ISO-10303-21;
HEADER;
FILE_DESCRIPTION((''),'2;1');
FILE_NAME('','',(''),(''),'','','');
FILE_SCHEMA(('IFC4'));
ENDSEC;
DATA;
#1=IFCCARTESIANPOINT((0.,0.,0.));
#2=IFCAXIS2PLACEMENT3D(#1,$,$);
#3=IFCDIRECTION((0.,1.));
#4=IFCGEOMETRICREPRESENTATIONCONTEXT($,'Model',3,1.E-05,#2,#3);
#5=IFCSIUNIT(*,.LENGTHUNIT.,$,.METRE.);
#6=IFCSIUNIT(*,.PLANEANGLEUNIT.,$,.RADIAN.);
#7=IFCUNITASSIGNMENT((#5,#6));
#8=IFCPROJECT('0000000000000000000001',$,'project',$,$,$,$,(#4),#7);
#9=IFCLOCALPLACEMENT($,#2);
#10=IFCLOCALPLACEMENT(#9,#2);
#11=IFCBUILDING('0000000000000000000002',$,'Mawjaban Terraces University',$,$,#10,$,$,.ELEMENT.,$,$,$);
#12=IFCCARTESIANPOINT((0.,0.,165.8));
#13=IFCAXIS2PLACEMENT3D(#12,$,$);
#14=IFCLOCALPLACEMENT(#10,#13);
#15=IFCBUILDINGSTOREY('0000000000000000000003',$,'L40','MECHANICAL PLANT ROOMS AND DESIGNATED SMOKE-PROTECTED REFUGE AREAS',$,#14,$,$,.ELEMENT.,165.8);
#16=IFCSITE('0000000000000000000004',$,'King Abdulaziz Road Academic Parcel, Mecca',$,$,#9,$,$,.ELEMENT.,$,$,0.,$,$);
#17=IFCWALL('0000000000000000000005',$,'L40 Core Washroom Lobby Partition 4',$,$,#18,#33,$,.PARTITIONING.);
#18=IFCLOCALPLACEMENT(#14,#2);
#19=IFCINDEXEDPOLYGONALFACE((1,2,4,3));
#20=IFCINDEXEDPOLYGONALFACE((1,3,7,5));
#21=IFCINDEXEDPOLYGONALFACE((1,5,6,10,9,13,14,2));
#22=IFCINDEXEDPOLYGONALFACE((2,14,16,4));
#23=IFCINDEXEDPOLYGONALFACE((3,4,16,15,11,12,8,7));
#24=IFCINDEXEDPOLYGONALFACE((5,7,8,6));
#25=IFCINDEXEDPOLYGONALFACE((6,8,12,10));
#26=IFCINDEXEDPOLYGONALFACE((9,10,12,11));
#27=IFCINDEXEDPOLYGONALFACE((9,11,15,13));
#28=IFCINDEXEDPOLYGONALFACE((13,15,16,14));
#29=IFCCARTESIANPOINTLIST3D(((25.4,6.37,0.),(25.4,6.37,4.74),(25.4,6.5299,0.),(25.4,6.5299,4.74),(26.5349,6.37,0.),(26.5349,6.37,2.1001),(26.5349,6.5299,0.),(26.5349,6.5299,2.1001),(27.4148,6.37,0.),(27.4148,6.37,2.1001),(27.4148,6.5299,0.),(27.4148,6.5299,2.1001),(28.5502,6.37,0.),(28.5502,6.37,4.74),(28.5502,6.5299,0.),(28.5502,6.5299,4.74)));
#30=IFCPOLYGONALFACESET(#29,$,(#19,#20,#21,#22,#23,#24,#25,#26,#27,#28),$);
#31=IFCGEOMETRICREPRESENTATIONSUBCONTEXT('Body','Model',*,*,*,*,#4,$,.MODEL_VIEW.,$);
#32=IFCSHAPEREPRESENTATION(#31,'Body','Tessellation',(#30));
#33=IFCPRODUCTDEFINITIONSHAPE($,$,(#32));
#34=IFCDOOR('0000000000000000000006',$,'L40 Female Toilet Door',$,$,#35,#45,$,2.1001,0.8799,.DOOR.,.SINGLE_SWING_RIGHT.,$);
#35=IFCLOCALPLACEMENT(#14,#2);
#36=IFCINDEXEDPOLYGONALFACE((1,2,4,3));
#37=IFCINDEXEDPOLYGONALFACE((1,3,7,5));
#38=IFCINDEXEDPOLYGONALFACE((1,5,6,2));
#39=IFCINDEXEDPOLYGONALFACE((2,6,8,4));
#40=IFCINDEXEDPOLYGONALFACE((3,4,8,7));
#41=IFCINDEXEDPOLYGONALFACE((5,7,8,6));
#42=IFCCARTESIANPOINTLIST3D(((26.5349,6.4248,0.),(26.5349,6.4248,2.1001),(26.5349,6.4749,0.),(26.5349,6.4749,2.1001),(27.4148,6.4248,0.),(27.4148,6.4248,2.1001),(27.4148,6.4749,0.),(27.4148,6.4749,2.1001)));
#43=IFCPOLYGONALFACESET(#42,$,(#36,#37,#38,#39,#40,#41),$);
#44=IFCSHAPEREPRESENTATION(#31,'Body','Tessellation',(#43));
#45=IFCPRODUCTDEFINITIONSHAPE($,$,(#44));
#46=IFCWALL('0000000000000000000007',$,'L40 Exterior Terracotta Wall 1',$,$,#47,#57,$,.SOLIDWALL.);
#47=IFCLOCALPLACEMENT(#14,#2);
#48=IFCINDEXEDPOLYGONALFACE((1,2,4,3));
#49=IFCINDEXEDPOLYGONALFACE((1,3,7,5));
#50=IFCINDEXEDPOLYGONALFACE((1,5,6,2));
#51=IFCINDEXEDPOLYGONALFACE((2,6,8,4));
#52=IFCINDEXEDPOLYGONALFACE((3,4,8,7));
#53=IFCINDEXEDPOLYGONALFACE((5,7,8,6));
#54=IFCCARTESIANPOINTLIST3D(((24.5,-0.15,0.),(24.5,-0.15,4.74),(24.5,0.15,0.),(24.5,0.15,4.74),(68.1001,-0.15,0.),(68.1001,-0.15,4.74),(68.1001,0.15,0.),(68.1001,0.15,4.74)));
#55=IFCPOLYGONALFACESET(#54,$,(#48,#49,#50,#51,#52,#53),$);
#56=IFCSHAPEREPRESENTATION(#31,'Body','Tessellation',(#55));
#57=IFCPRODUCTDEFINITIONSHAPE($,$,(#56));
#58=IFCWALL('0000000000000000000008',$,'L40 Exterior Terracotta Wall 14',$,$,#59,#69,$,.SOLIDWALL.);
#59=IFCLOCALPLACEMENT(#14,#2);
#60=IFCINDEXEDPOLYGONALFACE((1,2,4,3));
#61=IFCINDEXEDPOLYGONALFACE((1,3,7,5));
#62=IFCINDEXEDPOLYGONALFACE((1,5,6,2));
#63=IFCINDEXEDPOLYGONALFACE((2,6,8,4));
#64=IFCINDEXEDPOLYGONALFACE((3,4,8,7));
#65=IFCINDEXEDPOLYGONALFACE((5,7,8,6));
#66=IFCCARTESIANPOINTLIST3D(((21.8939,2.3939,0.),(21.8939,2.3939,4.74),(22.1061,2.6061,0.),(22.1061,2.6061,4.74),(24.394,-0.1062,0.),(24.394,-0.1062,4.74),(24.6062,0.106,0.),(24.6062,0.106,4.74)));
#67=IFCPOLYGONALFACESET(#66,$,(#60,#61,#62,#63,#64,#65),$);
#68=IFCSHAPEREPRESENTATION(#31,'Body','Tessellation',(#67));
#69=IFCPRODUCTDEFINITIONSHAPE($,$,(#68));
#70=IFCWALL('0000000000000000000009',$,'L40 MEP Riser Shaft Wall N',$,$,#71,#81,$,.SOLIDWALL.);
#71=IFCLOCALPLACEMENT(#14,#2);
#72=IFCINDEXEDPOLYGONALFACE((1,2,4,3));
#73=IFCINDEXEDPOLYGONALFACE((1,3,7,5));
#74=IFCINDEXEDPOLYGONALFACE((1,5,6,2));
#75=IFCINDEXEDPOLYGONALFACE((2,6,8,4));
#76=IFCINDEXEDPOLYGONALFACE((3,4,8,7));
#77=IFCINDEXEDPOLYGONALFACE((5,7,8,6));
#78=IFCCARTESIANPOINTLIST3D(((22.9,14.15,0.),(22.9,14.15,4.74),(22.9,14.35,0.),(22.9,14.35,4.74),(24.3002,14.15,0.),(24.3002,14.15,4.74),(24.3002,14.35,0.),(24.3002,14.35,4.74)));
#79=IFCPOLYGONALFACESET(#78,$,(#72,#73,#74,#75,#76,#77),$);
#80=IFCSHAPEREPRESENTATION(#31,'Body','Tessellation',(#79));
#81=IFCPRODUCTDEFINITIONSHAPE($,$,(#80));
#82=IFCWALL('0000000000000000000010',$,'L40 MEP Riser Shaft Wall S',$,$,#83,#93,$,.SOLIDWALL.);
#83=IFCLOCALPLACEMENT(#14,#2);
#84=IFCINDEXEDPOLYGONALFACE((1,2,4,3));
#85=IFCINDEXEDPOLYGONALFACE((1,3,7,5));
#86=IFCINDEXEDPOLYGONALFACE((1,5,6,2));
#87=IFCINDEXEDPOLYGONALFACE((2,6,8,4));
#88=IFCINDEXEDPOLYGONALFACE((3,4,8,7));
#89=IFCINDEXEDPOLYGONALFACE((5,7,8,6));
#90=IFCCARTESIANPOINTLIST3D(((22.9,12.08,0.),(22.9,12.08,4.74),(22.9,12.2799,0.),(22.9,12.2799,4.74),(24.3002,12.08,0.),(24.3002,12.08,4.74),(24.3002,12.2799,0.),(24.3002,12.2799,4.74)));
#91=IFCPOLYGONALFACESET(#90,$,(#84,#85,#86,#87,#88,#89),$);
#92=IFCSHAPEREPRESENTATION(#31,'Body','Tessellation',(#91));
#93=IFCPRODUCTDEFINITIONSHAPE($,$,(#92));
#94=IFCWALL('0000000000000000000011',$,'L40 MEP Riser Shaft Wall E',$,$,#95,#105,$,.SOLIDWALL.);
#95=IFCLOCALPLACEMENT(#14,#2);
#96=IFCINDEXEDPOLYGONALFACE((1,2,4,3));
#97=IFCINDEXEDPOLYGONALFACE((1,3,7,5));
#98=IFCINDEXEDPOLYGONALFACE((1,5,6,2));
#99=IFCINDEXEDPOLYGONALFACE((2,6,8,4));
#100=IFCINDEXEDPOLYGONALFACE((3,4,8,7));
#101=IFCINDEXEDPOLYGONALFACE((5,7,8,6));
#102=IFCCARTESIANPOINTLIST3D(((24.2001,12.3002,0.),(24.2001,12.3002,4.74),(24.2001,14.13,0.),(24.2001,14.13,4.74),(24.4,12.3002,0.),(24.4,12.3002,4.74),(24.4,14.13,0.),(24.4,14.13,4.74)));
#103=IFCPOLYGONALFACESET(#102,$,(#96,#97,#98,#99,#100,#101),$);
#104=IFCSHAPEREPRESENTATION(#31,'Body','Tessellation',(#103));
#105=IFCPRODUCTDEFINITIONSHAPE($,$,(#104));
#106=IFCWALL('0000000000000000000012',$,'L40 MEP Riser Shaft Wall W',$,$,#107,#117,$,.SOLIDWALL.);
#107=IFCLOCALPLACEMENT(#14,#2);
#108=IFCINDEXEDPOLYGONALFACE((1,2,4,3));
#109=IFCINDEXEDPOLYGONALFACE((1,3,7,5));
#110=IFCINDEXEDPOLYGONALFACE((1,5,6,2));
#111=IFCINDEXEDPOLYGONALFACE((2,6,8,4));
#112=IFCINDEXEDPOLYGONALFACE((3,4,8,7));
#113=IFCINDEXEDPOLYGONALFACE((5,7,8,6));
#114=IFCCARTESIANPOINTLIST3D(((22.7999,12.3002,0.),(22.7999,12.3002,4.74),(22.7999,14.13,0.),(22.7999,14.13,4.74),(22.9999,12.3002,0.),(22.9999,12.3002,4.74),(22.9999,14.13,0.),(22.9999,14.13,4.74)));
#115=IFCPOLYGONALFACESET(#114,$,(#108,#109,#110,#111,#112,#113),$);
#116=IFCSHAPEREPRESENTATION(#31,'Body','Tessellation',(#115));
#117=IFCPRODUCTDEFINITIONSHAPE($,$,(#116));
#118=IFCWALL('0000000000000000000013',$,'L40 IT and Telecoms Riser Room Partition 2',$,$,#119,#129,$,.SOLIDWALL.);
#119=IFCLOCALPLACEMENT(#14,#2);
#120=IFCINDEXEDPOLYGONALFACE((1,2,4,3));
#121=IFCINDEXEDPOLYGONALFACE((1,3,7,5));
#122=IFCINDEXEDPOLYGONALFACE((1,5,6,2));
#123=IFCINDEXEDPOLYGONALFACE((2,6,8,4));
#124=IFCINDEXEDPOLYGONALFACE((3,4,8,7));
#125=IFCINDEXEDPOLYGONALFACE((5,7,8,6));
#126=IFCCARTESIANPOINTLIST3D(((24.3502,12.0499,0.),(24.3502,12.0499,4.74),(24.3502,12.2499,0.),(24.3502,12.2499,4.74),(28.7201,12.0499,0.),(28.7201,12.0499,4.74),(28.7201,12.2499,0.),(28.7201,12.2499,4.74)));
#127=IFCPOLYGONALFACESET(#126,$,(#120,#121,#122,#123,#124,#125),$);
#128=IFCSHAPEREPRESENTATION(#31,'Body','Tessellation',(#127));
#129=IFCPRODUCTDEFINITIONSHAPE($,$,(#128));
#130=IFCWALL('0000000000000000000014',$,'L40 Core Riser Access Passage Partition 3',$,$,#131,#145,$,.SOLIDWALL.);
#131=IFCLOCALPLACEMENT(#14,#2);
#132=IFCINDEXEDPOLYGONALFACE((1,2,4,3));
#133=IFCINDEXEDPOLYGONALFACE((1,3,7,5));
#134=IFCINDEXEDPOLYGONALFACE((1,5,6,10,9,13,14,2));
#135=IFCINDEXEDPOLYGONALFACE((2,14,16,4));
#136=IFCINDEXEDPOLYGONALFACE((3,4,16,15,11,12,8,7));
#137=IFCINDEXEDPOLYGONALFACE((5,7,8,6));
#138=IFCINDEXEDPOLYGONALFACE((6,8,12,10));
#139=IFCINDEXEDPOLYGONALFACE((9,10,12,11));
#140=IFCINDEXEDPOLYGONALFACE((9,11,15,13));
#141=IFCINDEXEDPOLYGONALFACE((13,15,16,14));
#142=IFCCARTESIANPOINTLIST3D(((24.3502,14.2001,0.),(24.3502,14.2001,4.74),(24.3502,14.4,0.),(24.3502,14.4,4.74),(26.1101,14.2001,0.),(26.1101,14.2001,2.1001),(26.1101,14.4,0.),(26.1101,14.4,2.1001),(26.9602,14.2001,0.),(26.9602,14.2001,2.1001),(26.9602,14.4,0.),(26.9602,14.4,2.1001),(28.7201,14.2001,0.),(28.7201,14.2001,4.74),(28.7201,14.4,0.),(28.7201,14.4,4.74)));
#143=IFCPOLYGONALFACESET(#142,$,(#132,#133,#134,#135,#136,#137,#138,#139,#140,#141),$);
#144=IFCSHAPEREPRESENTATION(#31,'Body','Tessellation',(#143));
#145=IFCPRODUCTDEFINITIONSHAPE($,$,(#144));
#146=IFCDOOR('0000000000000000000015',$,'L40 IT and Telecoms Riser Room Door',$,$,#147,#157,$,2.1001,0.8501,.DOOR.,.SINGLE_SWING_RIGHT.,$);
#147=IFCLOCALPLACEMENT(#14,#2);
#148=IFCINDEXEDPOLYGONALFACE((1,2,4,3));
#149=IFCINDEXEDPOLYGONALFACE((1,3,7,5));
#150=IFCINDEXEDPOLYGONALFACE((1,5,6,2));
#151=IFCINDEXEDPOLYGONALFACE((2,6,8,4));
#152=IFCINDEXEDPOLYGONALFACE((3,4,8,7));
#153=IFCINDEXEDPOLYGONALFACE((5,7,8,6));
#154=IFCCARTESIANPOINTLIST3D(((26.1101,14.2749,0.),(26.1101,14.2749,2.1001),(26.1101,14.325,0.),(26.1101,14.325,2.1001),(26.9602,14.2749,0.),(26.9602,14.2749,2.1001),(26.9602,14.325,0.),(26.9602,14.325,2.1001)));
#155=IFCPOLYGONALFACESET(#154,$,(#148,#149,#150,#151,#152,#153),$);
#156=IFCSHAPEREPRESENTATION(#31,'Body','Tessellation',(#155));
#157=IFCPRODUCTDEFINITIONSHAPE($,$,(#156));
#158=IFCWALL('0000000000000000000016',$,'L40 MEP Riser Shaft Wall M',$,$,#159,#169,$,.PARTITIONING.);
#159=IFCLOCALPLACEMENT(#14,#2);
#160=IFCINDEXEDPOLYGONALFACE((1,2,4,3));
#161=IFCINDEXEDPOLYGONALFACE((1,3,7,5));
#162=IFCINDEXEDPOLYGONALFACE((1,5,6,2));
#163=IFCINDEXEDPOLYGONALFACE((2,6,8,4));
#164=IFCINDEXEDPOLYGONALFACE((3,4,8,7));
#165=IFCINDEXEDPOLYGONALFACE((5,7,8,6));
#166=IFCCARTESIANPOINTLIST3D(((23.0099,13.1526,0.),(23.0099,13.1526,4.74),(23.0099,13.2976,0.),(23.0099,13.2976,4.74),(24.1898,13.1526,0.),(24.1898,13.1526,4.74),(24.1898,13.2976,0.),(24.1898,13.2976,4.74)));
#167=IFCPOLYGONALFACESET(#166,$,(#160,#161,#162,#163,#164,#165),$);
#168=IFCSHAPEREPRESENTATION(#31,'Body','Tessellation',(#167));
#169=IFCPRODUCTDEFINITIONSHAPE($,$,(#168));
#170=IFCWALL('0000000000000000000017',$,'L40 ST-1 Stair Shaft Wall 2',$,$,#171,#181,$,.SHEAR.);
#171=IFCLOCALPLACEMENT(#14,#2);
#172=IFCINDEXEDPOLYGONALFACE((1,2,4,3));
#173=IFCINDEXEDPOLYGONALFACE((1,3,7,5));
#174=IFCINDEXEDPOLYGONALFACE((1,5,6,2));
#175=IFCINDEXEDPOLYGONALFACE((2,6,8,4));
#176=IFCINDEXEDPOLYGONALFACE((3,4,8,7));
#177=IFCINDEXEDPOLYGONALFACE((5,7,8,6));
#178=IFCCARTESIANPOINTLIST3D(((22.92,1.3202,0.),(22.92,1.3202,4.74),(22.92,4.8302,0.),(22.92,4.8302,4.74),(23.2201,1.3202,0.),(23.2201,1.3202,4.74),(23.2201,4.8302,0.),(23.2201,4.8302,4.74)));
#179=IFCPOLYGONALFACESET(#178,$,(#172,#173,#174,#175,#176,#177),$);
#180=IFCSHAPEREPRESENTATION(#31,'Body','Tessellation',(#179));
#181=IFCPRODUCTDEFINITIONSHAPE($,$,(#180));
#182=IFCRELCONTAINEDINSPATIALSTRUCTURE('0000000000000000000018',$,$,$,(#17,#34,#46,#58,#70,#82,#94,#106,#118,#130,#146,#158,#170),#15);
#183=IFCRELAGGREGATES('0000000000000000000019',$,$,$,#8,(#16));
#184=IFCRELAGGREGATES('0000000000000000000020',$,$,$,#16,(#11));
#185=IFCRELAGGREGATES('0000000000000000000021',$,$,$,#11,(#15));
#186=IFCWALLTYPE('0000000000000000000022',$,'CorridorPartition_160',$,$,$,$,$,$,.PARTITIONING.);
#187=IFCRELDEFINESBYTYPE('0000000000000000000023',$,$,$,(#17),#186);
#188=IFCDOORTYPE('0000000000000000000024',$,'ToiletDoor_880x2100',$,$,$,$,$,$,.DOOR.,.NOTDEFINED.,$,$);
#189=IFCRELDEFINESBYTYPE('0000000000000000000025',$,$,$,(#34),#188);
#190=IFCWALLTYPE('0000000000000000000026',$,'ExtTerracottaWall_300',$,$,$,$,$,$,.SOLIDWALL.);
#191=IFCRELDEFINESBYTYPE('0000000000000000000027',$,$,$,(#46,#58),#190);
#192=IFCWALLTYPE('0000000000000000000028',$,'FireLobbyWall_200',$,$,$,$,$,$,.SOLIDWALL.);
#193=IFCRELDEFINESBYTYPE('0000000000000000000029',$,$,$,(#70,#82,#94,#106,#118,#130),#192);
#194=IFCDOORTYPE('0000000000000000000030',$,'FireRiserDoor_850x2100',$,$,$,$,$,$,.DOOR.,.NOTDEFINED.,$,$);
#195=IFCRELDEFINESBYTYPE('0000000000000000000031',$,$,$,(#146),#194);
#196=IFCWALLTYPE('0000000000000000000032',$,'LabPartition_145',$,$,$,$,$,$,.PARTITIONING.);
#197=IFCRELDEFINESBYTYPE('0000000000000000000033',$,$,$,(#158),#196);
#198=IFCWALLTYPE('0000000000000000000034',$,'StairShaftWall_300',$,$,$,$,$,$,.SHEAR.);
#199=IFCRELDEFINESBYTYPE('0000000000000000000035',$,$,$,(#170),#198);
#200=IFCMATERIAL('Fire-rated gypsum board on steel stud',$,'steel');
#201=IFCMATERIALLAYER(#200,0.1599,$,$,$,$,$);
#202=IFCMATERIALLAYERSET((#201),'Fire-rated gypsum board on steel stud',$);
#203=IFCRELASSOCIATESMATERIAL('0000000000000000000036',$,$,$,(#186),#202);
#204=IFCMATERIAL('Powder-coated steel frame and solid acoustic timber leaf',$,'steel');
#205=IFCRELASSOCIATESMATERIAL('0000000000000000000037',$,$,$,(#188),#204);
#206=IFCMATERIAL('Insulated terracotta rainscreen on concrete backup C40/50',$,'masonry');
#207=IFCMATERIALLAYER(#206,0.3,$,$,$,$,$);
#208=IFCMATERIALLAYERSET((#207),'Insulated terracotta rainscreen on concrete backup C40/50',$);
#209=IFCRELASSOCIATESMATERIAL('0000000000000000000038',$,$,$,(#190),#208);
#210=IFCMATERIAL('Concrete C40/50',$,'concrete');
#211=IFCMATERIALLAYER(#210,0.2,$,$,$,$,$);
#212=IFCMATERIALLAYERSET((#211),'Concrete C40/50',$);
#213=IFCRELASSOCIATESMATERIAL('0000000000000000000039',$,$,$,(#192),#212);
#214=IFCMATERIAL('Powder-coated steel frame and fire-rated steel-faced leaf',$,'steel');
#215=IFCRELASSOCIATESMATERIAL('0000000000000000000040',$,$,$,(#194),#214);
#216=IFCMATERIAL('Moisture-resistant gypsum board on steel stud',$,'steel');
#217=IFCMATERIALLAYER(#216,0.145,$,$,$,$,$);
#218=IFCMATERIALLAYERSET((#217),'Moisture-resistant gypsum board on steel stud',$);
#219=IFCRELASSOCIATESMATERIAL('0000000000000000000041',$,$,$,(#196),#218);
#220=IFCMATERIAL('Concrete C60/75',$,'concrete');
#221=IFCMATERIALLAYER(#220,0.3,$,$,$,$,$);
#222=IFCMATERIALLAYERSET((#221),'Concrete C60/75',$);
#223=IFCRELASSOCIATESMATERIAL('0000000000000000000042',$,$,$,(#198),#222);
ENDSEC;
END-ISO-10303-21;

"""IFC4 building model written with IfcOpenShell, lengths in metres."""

from ifc_helpers import new_model, si_unit, direction, frame, frame_2d, origin, place, context, subcontext, project, spatial, rectangle, extrude, material, layer, layer_set, type_object, element, fill, save


model = new_model("IFC4")

# Units and contexts
model_context = context("Model", 3, precision=1e-05, world=origin(), true_north=direction((0.0, 1.0)))
body_context = subcontext(model_context, "Body", "Model", "MODEL_VIEW")
ifc_project = project(units=[si_unit("LENGTHUNIT", "METRE"), si_unit("PLANEANGLEUNIT", "RADIAN")], contexts=[model_context])

# Site, building, storey
site_placement = place(None, origin())
site = spatial("IfcSite", under=ifc_project, at=site_placement, Name="King Abdulaziz Road Academic Parcel, Mecca", CompositionType="ELEMENT", RefElevation=0.0)
building_placement = place(site_placement, origin())
building = spatial("IfcBuilding", under=site, at=building_placement, Name="Mawjaban Terraces University", CompositionType="ELEMENT")
storey_placement = place(building_placement, frame((0.0, 0.0, 165.8)))
storey = spatial("IfcBuildingStorey", under=building, at=storey_placement, Name="L40", Description="MECHANICAL PLANT ROOMS AND DESIGNATED SMOKE-PROTECTED REFUGE AREAS", CompositionType="ELEMENT", Elevation=165.8)

# Shared definitions
ifc_material_1 = material(Name="Concrete C60/75", Category="concrete")

# Shared definitions
ifc_material_2 = material(Name="Concrete C40/50", Category="concrete")

# Wall, opening, door
ifc_material_3 = material(Name="Fire-rated gypsum board on steel stud", Category="steel")
ifc_layer_1 = layer(ifc_material_3, 0.1599)
ifc_layer_set_1 = layer_set([ifc_layer_1], Name="Fire-rated gypsum board on steel stud")
wall_type_1 = type_object("IfcWallType", Name="CorridorPartition_160", PredefinedType="PARTITIONING", material=ifc_layer_set_1)
ifc_material_4 = material(Name="Powder-coated steel frame and solid acoustic timber leaf", Category="steel")
door_type_1 = type_object("IfcDoorType", Name="ToiletDoor_880x2100", OperationType="NOTDEFINED", PredefinedType="DOOR", material=ifc_material_4)
wall_1_placement = place(storey_placement, frame((25.3999, 6.45, 0.0), z_axis=(0.0, 0.0, 1.0), x_axis=(1.0, 0.0, 0.0)))
wall_1 = element("IfcWall", 1, at=wall_1_placement, inside=storey, type_object=wall_type_1, Name="L40 Core Washroom Lobby Partition 4", PredefinedType="PARTITIONING", context=body_context, shape_type="SweptSolid", body=[
    extrude(rectangle(XDim=3.1501, YDim=0.1599, at=frame_2d((1.5752, 0.0))), origin(), (0.0, 0.0, 1.0), 4.74),
])
opening_1_placement = place(wall_1_placement, frame((1.135, 0.0, 0.0)))
opening_1 = element("IfcOpeningElement", 2, at=opening_1_placement, cuts=wall_1, PredefinedType="OPENING", context=body_context, shape_type="SweptSolid", body=[
    extrude(rectangle(XDim=0.8799, YDim=2.1001, at=frame_2d((0.4399, 1.05))), frame((0.0, 0.0898, 0.0), z_axis=(0.0, -1.0, 0.0), x_axis=(1.0, 0.0, 0.0)), (0.0, 0.0, 1.0), 0.1799),
])
door_1_placement = place(opening_1_placement, origin())
door_1 = element("IfcDoor", 3, at=door_1_placement, inside=storey, type_object=door_type_1, Name="L40 Female Toilet Door", OperationType="SINGLE_SWING_RIGHT", OverallHeight=2.1001, OverallWidth=0.8799, PredefinedType="DOOR", context=body_context, shape_type="SweptSolid", body=[
    extrude(rectangle(XDim=0.8799, YDim=2.1001, at=frame_2d((0.4399, 1.05))), frame((0.0, 0.0249, 0.0), z_axis=(0.0, -1.0, 0.0), x_axis=(1.0, 0.0, 0.0)), (0.0, 0.0, 1.0), 0.05),
])
fill(opening_1, door_1)

# Walls
ifc_material_5 = material(Name="Insulated terracotta rainscreen on concrete backup C40/50", Category="masonry")
ifc_layer_2 = layer(ifc_material_5, 0.3)
ifc_layer_set_2 = layer_set([ifc_layer_2], Name="Insulated terracotta rainscreen on concrete backup C40/50")
wall_type_2 = type_object("IfcWallType", Name="ExtTerracottaWall_300", PredefinedType="SOLIDWALL", material=ifc_layer_set_2)
wall_2_placement = place(storey_placement, frame((24.5, 0.0, 0.0), z_axis=(0.0, 0.0, 1.0), x_axis=(1.0, 0.0, 0.0)))
element("IfcWall", 4, at=wall_2_placement, inside=storey, type_object=wall_type_2, Name="L40 Exterior Terracotta Wall 1", PredefinedType="SOLIDWALL", context=body_context, shape_type="SweptSolid", body=[
    extrude(rectangle(XDim=43.6001, YDim=0.3, at=frame_2d((21.8, 0.0))), origin(), (0.0, 0.0, 1.0), 4.74),
])
wall_3_placement = place(storey_placement, frame((22.0, 2.5, 0.0), z_axis=(0.0, 0.0, 1.0), x_axis=(0.707107, -0.707107, 0.0)))
element("IfcWall", 5, at=wall_3_placement, inside=storey, type_object=wall_type_2, Name="L40 Exterior Terracotta Wall 14", PredefinedType="SOLIDWALL", context=body_context, shape_type="SweptSolid", body=[
    extrude(rectangle(XDim=3.5356, YDim=0.3, at=frame_2d((1.7678, 0.0))), origin(), (0.0, 0.0, 1.0), 4.74),
])
ifc_layer_3 = layer(ifc_material_2, 0.2)
ifc_layer_set_3 = layer_set([ifc_layer_3], Name="Concrete C40/50")
wall_type_3 = type_object("IfcWallType", Name="FireLobbyWall_200", PredefinedType="SOLIDWALL", material=ifc_layer_set_3)
for number, where, z_axis, x_axis, name in (
    (6, (22.8999, 14.25, 0.0), (0.0, 0.0, 1.0), (1.0, 0.0, 0.0), "L40 MEP Riser Shaft Wall N"),
    (7, (22.8999, 12.1799, 0.0), (0.0, 0.0, 1.0), (1.0, 0.0, 0.0), "L40 MEP Riser Shaft Wall S"),
):
    element("IfcWall", number, at=place(storey_placement, frame(where, z_axis=z_axis, x_axis=x_axis)), inside=storey, type_object=wall_type_3, Name=name, PredefinedType="SOLIDWALL", context=body_context, shape_type="SweptSolid", body=[
        extrude(rectangle(XDim=1.4001, YDim=0.2, at=frame_2d((0.7002, 0.0))), origin(), (0.0, 0.0, 1.0), 4.74),
    ])
for number, where, z_axis, x_axis, name in (
    (8, (24.3, 12.3, 0.0), (0.0, 0.0, 1.0), (0.0, 1.0, 0.0), "L40 MEP Riser Shaft Wall E"),
    (9, (22.8999, 12.3, 0.0), (0.0, 0.0, 1.0), (0.0, 1.0, 0.0), "L40 MEP Riser Shaft Wall W"),
):
    element("IfcWall", number, at=place(storey_placement, frame(where, z_axis=z_axis, x_axis=x_axis)), inside=storey, type_object=wall_type_3, Name=name, PredefinedType="SOLIDWALL", context=body_context, shape_type="SweptSolid", body=[
        extrude(rectangle(XDim=1.8298, YDim=0.2, at=frame_2d((0.915, 0.0))), origin(), (0.0, 0.0, 1.0), 4.74),
    ])
wall_4_placement = place(storey_placement, frame((24.3501, 12.1499, 0.0), z_axis=(0.0, 0.0, 1.0), x_axis=(1.0, 0.0, 0.0)))
element("IfcWall", 10, at=wall_4_placement, inside=storey, type_object=wall_type_3, Name="L40 IT and Telecoms Riser Room Partition 2", PredefinedType="SOLIDWALL", context=body_context, shape_type="SweptSolid", body=[
    extrude(rectangle(XDim=4.3699, YDim=0.2, at=frame_2d((2.1851, 0.0))), origin(), (0.0, 0.0, 1.0), 4.74),
])

# Wall, opening, door
wall_5_placement = place(storey_placement, frame((24.3501, 14.3, 0.0), z_axis=(0.0, 0.0, 1.0), x_axis=(1.0, 0.0, 0.0)))
wall_5 = element("IfcWall", 11, at=wall_5_placement, inside=storey, type_object=wall_type_3, Name="L40 Core Riser Access Passage Partition 3", PredefinedType="SOLIDWALL", context=body_context, shape_type="SweptSolid", body=[
    extrude(rectangle(XDim=4.3699, YDim=0.2, at=frame_2d((2.1851, 0.0))), origin(), (0.0, 0.0, 1.0), 4.74),
])
opening_2_placement = place(wall_5_placement, frame((1.76, 0.0, 0.0)))
opening_2 = element("IfcOpeningElement", 12, at=opening_2_placement, cuts=wall_5, PredefinedType="OPENING", context=body_context, shape_type="SweptSolid", body=[
    extrude(rectangle(XDim=0.8501, YDim=2.1001, at=frame_2d((0.425, 1.05))), frame((0.0, 0.1099, 0.0), z_axis=(0.0, -1.0, 0.0), x_axis=(1.0, 0.0, 0.0)), (0.0, 0.0, 1.0), 0.22),
])
ifc_material_6 = material(Name="Powder-coated steel frame and fire-rated steel-faced leaf", Category="steel")
door_type_2 = type_object("IfcDoorType", Name="FireRiserDoor_850x2100", OperationType="NOTDEFINED", PredefinedType="DOOR", material=ifc_material_6)
door_2_placement = place(opening_2_placement, origin())
door_2 = element("IfcDoor", 13, at=door_2_placement, inside=storey, type_object=door_type_2, Name="L40 IT and Telecoms Riser Room Door", OperationType="SINGLE_SWING_RIGHT", OverallHeight=2.1001, OverallWidth=0.8501, PredefinedType="DOOR", context=body_context, shape_type="SweptSolid", body=[
    extrude(rectangle(XDim=0.8501, YDim=2.1001, at=frame_2d((0.425, 1.05))), frame((0.0, 0.0249, 0.0), z_axis=(0.0, -1.0, 0.0), x_axis=(1.0, 0.0, 0.0)), (0.0, 0.0, 1.0), 0.05),
])
fill(opening_2, door_2)

# Walls
ifc_material_7 = material(Name="Moisture-resistant gypsum board on steel stud", Category="steel")
ifc_layer_4 = layer(ifc_material_7, 0.145)
ifc_layer_set_4 = layer_set([ifc_layer_4], Name="Moisture-resistant gypsum board on steel stud")
wall_type_4 = type_object("IfcWallType", Name="LabPartition_145", PredefinedType="PARTITIONING", material=ifc_layer_set_4)
wall_6_placement = place(storey_placement, frame((23.01, 13.2251, 0.0), z_axis=(0.0, 0.0, 1.0), x_axis=(1.0, 0.0, 0.0)))
element("IfcWall", 14, at=wall_6_placement, inside=storey, type_object=wall_type_4, Name="L40 MEP Riser Shaft Wall M", PredefinedType="PARTITIONING", context=body_context, shape_type="SweptSolid", body=[
    extrude(rectangle(XDim=1.1799, YDim=0.145, at=frame_2d((0.5898, 0.0))), origin(), (0.0, 0.0, 1.0), 4.74),
])
ifc_layer_5 = layer(ifc_material_1, 0.3)
ifc_layer_set_5 = layer_set([ifc_layer_5], Name="Concrete C60/75")
wall_type_5 = type_object("IfcWallType", Name="StairShaftWall_300", PredefinedType="SHEAR", material=ifc_layer_set_5)
wall_7_placement = place(storey_placement, frame((23.0701, 4.8301, 0.0), z_axis=(0.0, 0.0, 1.0), x_axis=(0.0, -1.0, 0.0)))
element("IfcWall", 15, at=wall_7_placement, inside=storey, type_object=wall_type_5, Name="L40 ST-1 Stair Shaft Wall 2", PredefinedType="SHEAR", context=body_context, shape_type="SweptSolid", body=[
    extrude(rectangle(XDim=3.51, YDim=0.3, at=frame_2d((1.7549, 0.0))), origin(), (0.0, 0.0, 1.0), 4.74),
])

save(model, "model.ifc")
